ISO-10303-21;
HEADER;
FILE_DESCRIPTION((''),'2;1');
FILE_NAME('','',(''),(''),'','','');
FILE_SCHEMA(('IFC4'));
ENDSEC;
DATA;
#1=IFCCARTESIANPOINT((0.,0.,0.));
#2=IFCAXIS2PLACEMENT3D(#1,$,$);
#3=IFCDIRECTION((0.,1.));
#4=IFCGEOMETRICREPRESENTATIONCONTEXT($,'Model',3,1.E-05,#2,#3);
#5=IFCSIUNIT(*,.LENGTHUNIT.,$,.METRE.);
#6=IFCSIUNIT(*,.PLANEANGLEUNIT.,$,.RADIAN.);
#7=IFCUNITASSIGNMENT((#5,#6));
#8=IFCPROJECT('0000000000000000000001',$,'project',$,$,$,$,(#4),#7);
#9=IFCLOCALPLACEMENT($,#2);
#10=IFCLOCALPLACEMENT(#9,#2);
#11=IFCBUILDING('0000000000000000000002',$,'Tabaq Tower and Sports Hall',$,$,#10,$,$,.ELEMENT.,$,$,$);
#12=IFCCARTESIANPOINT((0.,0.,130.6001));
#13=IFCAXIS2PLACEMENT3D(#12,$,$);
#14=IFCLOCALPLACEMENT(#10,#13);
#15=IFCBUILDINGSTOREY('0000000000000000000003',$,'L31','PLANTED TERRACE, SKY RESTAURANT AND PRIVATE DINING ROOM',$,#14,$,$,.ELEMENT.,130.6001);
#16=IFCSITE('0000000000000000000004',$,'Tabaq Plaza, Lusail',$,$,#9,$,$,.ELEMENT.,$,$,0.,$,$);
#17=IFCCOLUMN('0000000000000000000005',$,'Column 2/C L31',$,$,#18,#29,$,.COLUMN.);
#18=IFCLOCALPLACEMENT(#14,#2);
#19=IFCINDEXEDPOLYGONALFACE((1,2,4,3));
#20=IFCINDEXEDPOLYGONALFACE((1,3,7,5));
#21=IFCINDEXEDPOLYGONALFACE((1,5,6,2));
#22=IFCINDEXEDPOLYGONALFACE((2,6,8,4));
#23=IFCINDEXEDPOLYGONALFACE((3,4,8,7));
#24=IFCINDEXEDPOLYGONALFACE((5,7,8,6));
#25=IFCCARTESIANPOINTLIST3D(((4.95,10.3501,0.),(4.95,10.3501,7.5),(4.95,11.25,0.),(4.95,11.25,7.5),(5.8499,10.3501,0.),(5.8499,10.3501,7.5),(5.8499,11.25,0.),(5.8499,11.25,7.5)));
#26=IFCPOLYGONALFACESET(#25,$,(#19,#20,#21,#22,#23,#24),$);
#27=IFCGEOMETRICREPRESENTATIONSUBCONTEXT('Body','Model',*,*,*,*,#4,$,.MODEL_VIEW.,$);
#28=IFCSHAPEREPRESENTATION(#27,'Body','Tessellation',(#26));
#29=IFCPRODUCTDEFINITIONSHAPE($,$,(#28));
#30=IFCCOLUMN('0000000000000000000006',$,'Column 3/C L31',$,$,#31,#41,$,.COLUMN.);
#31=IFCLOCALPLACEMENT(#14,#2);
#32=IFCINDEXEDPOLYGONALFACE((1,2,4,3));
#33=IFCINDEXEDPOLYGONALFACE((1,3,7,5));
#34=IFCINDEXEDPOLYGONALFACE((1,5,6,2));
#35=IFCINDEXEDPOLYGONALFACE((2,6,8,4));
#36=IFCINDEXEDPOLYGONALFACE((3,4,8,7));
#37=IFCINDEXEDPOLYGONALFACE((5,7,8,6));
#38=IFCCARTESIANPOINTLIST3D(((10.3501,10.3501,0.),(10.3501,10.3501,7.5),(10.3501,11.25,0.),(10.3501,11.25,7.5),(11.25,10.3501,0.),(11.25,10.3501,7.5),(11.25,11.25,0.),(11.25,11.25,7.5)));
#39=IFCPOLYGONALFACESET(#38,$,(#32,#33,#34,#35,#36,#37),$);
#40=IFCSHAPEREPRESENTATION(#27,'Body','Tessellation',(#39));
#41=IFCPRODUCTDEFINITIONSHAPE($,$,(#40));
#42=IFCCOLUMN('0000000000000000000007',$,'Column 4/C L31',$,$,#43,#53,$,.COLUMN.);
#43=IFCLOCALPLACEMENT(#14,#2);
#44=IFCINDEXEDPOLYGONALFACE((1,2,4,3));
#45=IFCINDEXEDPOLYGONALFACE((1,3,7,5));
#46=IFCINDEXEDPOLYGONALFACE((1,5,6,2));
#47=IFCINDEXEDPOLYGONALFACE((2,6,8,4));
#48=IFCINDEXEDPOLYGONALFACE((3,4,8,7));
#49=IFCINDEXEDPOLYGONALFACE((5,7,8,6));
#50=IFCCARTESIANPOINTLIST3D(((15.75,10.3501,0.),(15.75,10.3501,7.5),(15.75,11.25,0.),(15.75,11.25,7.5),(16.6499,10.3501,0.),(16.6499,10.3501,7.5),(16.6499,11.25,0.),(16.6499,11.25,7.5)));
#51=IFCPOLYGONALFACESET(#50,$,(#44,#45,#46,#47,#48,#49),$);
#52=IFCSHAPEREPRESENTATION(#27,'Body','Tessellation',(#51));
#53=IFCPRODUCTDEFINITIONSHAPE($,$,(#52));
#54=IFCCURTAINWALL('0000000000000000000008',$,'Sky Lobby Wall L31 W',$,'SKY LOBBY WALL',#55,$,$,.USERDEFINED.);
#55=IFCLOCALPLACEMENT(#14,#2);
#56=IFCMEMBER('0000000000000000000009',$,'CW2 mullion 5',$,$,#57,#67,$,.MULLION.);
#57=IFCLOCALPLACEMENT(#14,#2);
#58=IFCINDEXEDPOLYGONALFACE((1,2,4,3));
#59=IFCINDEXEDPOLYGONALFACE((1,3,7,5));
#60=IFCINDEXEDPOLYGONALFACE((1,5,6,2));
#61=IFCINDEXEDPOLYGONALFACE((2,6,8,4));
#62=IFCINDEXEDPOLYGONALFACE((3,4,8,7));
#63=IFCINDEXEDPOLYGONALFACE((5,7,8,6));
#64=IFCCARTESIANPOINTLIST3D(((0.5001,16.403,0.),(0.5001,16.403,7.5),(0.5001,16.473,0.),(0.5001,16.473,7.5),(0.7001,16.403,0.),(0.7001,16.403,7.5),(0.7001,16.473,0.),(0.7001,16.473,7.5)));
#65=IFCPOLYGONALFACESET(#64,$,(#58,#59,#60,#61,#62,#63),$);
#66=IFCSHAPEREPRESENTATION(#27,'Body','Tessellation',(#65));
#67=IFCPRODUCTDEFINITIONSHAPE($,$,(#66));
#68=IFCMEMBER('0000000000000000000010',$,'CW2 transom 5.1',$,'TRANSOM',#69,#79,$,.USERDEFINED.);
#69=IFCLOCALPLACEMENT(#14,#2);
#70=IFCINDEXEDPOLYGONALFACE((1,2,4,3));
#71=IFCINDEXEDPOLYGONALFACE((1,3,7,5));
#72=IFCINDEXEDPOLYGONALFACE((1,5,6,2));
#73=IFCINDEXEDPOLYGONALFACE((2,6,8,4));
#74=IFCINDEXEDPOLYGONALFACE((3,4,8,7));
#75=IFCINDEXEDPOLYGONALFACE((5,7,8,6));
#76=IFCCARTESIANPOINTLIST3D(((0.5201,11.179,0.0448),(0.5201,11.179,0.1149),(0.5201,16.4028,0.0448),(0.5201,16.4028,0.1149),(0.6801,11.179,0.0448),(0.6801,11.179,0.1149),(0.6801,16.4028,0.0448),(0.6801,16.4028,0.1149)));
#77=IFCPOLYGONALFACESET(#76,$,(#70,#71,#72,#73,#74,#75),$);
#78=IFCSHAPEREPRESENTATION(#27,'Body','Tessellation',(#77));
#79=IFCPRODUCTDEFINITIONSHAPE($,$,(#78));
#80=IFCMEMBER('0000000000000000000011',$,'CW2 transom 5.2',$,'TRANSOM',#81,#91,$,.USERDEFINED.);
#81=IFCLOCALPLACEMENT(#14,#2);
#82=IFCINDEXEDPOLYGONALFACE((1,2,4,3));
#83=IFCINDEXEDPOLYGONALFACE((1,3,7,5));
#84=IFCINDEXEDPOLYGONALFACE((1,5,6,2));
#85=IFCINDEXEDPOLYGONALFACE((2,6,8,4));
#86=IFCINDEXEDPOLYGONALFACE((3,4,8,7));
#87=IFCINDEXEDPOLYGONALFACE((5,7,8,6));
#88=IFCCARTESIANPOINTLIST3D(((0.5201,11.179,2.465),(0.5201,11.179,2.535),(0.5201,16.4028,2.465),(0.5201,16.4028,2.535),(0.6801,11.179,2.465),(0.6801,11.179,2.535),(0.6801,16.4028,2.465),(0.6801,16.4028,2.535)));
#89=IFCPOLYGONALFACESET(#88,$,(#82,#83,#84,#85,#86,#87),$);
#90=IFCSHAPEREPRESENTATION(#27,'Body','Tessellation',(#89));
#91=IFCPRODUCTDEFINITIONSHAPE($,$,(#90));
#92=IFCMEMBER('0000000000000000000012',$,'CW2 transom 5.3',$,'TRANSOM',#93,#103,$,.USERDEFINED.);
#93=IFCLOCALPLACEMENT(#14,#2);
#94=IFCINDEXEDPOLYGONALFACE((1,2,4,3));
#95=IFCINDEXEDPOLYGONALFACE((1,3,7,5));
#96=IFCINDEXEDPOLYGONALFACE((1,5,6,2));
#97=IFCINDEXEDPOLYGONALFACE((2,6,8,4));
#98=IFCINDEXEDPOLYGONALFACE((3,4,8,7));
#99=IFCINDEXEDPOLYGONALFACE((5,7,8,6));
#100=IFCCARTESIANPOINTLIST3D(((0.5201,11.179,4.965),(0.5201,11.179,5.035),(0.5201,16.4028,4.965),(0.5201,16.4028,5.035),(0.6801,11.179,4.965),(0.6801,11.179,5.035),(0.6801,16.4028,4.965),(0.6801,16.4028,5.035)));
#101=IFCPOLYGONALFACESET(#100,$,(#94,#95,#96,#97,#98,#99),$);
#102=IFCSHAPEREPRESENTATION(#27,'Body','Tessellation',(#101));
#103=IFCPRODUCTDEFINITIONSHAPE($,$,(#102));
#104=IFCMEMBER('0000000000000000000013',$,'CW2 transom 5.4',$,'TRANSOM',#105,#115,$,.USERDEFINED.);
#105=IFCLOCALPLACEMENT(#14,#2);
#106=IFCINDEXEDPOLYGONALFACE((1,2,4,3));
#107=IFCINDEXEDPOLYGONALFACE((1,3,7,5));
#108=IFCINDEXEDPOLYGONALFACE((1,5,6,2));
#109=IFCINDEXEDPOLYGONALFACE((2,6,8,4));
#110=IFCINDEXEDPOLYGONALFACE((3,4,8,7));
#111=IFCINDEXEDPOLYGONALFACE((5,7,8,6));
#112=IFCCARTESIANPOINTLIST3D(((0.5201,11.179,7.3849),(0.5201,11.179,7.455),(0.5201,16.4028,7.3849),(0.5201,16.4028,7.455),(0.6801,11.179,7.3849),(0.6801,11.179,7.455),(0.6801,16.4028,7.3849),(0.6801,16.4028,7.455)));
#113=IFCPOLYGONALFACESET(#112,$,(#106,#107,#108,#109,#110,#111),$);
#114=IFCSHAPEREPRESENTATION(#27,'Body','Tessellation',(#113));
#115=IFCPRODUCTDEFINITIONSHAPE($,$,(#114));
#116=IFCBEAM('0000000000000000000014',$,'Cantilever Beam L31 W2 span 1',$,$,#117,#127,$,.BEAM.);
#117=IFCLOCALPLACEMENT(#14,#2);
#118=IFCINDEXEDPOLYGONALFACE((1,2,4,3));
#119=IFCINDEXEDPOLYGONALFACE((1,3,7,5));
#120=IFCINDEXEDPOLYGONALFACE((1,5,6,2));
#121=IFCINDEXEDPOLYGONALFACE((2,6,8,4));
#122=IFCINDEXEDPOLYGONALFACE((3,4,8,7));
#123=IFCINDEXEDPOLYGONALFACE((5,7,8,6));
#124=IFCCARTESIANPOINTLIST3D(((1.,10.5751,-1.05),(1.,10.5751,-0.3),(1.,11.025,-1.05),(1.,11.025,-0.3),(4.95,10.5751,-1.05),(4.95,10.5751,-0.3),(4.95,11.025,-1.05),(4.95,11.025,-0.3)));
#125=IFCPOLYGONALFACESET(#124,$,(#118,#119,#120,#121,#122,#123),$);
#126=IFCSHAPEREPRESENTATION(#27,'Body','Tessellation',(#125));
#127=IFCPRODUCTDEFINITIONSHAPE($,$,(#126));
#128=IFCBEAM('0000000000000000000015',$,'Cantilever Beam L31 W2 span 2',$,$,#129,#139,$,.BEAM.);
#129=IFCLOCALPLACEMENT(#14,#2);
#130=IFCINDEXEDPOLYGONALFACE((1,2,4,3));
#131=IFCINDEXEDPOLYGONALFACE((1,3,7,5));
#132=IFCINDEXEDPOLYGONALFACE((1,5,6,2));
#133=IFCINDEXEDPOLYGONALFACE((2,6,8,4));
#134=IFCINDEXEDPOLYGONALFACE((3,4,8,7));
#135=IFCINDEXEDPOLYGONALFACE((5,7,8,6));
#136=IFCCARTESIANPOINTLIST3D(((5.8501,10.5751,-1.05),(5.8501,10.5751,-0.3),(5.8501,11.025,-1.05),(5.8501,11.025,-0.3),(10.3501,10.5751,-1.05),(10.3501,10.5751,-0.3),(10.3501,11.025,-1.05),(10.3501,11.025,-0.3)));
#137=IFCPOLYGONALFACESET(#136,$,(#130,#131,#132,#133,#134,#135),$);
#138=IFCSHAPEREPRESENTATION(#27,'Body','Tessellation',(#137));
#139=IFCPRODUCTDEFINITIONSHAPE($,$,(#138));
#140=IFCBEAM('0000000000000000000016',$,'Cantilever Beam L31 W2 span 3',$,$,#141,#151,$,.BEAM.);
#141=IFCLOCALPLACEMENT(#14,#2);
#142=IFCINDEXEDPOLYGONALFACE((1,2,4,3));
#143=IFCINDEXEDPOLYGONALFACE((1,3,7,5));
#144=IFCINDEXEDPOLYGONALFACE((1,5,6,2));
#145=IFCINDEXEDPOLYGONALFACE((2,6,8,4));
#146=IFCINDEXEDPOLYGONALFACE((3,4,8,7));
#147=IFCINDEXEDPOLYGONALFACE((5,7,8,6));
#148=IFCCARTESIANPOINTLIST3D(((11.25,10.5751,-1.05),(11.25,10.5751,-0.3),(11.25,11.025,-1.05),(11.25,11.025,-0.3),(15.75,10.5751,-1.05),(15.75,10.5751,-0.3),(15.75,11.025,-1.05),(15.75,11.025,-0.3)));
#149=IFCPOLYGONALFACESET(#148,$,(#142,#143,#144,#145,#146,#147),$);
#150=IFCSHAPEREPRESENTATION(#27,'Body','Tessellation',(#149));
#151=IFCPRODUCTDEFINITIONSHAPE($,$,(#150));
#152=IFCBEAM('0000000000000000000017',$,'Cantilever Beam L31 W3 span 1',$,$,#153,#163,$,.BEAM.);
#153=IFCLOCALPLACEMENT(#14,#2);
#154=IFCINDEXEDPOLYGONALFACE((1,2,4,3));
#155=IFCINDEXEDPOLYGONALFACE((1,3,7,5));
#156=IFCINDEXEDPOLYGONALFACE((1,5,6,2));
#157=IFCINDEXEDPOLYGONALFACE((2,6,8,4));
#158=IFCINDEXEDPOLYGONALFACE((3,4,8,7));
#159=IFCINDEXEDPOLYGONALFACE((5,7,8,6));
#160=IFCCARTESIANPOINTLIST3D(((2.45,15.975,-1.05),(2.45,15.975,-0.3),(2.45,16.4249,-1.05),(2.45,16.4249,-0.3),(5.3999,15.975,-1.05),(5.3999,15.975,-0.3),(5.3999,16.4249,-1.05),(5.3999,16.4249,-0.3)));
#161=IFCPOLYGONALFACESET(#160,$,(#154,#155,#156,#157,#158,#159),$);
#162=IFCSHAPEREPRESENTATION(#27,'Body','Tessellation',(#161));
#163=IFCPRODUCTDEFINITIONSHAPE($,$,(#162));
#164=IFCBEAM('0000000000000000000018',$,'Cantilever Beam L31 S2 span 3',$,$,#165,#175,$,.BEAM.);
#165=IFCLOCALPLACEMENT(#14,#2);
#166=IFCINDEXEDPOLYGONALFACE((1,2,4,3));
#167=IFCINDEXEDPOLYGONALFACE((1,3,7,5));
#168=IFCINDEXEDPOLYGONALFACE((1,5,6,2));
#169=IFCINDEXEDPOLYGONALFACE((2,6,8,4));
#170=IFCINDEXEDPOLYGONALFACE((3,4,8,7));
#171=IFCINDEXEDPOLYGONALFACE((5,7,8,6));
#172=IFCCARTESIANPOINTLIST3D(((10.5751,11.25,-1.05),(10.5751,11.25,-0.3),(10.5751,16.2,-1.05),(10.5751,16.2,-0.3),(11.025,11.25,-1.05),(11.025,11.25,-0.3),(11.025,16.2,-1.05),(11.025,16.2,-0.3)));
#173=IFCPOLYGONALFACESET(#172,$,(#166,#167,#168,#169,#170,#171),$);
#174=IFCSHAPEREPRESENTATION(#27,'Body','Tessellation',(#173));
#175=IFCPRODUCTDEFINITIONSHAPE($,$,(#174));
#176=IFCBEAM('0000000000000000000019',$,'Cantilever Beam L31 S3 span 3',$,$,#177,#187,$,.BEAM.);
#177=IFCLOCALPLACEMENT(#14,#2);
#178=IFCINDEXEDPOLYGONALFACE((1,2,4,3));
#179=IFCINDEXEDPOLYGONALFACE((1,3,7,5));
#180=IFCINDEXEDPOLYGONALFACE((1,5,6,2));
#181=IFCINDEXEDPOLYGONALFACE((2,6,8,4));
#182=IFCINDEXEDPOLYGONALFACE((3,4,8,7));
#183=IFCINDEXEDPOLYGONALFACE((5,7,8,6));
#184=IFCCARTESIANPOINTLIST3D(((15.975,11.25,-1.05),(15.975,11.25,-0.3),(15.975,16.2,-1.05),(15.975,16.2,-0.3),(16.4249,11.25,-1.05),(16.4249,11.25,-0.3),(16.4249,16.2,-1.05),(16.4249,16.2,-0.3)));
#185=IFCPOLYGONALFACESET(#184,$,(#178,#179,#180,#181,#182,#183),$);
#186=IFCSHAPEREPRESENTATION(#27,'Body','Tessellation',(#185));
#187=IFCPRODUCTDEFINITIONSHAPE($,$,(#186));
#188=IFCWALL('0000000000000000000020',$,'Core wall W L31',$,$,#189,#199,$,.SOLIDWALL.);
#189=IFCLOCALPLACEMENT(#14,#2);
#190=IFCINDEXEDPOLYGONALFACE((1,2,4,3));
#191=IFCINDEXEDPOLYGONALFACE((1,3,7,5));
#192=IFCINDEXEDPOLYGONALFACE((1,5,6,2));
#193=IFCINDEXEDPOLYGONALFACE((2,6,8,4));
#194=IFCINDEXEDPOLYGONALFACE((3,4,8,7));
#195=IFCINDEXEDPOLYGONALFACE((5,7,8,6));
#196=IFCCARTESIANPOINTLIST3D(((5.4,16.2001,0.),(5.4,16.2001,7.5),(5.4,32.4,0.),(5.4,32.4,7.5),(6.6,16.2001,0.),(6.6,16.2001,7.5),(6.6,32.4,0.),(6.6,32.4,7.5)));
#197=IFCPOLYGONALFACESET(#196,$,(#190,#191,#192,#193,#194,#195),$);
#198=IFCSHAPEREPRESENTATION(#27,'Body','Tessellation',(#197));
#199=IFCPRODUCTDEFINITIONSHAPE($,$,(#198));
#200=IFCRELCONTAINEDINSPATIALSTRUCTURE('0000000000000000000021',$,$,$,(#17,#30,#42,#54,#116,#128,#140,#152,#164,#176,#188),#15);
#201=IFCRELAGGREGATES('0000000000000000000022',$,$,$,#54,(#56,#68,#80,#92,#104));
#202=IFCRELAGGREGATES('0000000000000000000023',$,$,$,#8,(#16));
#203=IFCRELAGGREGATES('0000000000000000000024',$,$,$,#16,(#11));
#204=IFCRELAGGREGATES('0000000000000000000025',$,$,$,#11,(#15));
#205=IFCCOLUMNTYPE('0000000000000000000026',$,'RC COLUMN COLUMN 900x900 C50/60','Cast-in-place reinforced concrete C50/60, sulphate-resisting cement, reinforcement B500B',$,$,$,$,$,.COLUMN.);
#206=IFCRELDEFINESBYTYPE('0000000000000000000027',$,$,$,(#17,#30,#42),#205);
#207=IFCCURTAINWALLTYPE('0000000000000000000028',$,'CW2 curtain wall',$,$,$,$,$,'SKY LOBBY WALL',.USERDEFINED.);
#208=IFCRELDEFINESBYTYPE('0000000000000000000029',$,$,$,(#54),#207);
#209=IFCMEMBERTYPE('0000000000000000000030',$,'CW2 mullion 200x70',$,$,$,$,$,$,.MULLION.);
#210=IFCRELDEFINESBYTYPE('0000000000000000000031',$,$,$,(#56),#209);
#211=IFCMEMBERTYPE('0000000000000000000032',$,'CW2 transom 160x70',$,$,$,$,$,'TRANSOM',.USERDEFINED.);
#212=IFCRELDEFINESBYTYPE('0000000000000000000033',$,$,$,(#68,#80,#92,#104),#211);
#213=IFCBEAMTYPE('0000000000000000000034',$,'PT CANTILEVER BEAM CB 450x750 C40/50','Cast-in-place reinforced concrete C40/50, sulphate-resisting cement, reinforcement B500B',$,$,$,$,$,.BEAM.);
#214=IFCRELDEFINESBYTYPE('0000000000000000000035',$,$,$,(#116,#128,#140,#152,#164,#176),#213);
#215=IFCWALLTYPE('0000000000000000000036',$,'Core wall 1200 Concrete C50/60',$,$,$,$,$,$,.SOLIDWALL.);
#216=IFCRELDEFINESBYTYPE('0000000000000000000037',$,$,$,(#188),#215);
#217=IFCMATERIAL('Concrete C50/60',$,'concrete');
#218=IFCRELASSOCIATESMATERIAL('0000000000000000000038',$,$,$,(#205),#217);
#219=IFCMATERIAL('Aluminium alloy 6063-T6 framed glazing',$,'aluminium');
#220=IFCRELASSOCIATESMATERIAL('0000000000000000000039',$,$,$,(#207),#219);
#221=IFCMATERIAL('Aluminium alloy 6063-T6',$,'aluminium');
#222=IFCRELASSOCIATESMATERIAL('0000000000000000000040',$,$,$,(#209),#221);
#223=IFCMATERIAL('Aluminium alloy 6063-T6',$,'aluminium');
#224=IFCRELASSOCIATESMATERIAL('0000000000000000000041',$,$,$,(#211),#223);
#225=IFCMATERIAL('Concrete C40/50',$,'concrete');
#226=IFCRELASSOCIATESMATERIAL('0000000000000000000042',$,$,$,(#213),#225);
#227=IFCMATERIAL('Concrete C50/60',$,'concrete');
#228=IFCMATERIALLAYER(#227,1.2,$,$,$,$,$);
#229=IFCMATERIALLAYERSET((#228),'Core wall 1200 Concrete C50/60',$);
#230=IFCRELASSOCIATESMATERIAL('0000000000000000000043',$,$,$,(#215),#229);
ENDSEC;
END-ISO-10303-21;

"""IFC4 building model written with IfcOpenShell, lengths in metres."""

from ifc_helpers import new_model, si_unit, direction, frame, frame_2d, origin, origin_2d, place, context, subcontext, project, spatial, rectangle, extrude, material, layer, layer_set, material_profile, profile_set, type_object, element, aggregate, save


model = new_model("IFC4")

# Units and contexts
model_context = context("Model", 3, precision=1e-05, world=origin(), true_north=direction((0.0, 1.0)))
body_context = subcontext(model_context, "Body", "Model", "MODEL_VIEW")
ifc_project = project(units=[si_unit("LENGTHUNIT", "METRE"), si_unit("PLANEANGLEUNIT", "RADIAN")], contexts=[model_context])

# Site, building, storey
site_placement = place(None, origin())
site = spatial("IfcSite", under=ifc_project, at=site_placement, Name="Tabaq Plaza, Lusail", CompositionType="ELEMENT", RefElevation=0.0)
building_placement = place(site_placement, origin())
building = spatial("IfcBuilding", under=site, at=building_placement, Name="Tabaq Tower and Sports Hall", CompositionType="ELEMENT")
storey_placement = place(building_placement, frame((0.0, 0.0, 130.6001)))
storey = spatial("IfcBuildingStorey", under=building, at=storey_placement, Name="L31", Description="PLANTED TERRACE, SKY RESTAURANT AND PRIVATE DINING ROOM", CompositionType="ELEMENT", Elevation=130.6001)

# Columns
ifc_material_1 = material(Name="Concrete C50/60", Category="concrete")
ifc_material_profile_1 = material_profile(ifc_material_1, rectangle(XDim=0.8999, YDim=0.8999, at=origin_2d()), Name="COLUMN 900x900")
ifc_profile_set_1 = profile_set([ifc_material_profile_1], Name="Concrete C50/60")
column_type = type_object("IfcColumnType", Name="RC COLUMN COLUMN 900x900 C50/60", Description="Cast-in-place reinforced concrete C50/60, sulphate-resisting cement, reinforcement B500B", PredefinedType="COLUMN", material=ifc_profile_set_1)
for number, where, z_axis, x_axis, name in (
    (1, (5.3999, 10.8, 0.0), (0.0, 0.0, 1.0), (1.0, 0.0, 0.0), "Column 2/C L31"),
    (2, (10.8, 10.8, 0.0), (0.0, 0.0, 1.0), (1.0, 0.0, 0.0), "Column 3/C L31"),
    (3, (16.2, 10.8, 0.0), (0.0, 0.0, 1.0), (1.0, 0.0, 0.0), "Column 4/C L31"),
):
    element("IfcColumn", number, at=place(storey_placement, frame(where, z_axis=z_axis, x_axis=x_axis)), inside=storey, type_object=column_type, Name=name, PredefinedType="COLUMN", context=body_context, shape_type="SweptSolid", body=[
        extrude(rectangle(XDim=0.8999, YDim=0.8999, at=origin_2d()), origin(), (0.0, 0.0, 1.0), 7.5),
    ])

# Curtain wall, members
ifc_material_2 = material(Name="Aluminium alloy 6063-T6 framed glazing", Category="aluminium")
curtain_wall_type = type_object("IfcCurtainWallType", Name="CW2 curtain wall", ElementType="SKY LOBBY WALL", PredefinedType="USERDEFINED", material=ifc_material_2)
curtain_wall_placement = place(storey_placement, origin())
curtain_wall = element("IfcCurtainWall", 4, at=curtain_wall_placement, inside=storey, type_object=curtain_wall_type, Name="Sky Lobby Wall L31 W", ObjectType="SKY LOBBY WALL", PredefinedType="USERDEFINED")
ifc_material_3 = material(Name="Aluminium alloy 6063-T6", Category="aluminium")
ifc_material_profile_2 = material_profile(ifc_material_3, rectangle(XDim=0.2, YDim=0.0701, at=origin_2d()), Name="MULLION 200x70")
ifc_profile_set_2 = profile_set([ifc_material_profile_2], Name="Aluminium alloy 6063-T6")
member_type_1 = type_object("IfcMemberType", Name="CW2 mullion 200x70", PredefinedType="MULLION", material=ifc_profile_set_2)
member_1_placement = place(storey_placement, frame((0.6001, 16.438, 0.0), z_axis=(0.0, 0.0, 1.0), x_axis=(1.0, 0.0, 0.0)))
member_1 = element("IfcMember", 5, at=member_1_placement, type_object=member_type_1, Name="CW2 mullion 5", PredefinedType="MULLION", context=body_context, shape_type="SweptSolid", body=[
    extrude(rectangle(XDim=0.2, YDim=0.0701, at=origin_2d()), origin(), (0.0, 0.0, 1.0), 7.5),
])
ifc_material_4 = material(Name="Aluminium alloy 6063-T6", Category="aluminium")
ifc_material_profile_3 = material_profile(ifc_material_4, rectangle(XDim=0.1599, YDim=0.0701, at=origin_2d()), Name="TRANSOM 160x70")
ifc_profile_set_3 = profile_set([ifc_material_profile_3], Name="Aluminium alloy 6063-T6")
member_type_2 = type_object("IfcMemberType", Name="CW2 transom 160x70", ElementType="TRANSOM", PredefinedType="USERDEFINED", material=ifc_profile_set_3)
member_2_placement = place(storey_placement, frame((0.6001, 16.4028, 0.0798), z_axis=(0.0, -1.0, 0.0), x_axis=(1.0, 0.0, 0.0)))
member_2 = element("IfcMember", 6, at=member_2_placement, type_object=member_type_2, Name="CW2 transom 5.1", ObjectType="TRANSOM", PredefinedType="USERDEFINED", context=body_context, shape_type="SweptSolid", body=[
    extrude(rectangle(XDim=0.1599, YDim=0.0701, at=origin_2d()), origin(), (0.0, 0.0, 1.0), 5.2239),
])
member_3_placement = place(storey_placement, frame((0.6001, 16.4028, 2.5), z_axis=(0.0, -1.0, 0.0), x_axis=(1.0, 0.0, 0.0)))
member_3 = element("IfcMember", 7, at=member_3_placement, type_object=member_type_2, Name="CW2 transom 5.2", ObjectType="TRANSOM", PredefinedType="USERDEFINED", context=body_context, shape_type="SweptSolid", body=[
    extrude(rectangle(XDim=0.1599, YDim=0.0701, at=origin_2d()), origin(), (0.0, 0.0, 1.0), 5.2239),
])
member_4_placement = place(storey_placement, frame((0.6001, 16.4028, 5.0), z_axis=(0.0, -1.0, 0.0), x_axis=(1.0, 0.0, 0.0)))
member_4 = element("IfcMember", 8, at=member_4_placement, type_object=member_type_2, Name="CW2 transom 5.3", ObjectType="TRANSOM", PredefinedType="USERDEFINED", context=body_context, shape_type="SweptSolid", body=[
    extrude(rectangle(XDim=0.1599, YDim=0.0701, at=origin_2d()), origin(), (0.0, 0.0, 1.0), 5.2239),
])
member_5_placement = place(storey_placement, frame((0.6001, 16.4028, 7.4199), z_axis=(0.0, -1.0, 0.0), x_axis=(1.0, 0.0, 0.0)))
member_5 = element("IfcMember", 9, at=member_5_placement, type_object=member_type_2, Name="CW2 transom 5.4", ObjectType="TRANSOM", PredefinedType="USERDEFINED", context=body_context, shape_type="SweptSolid", body=[
    extrude(rectangle(XDim=0.1599, YDim=0.0701, at=origin_2d()), origin(), (0.0, 0.0, 1.0), 5.2239),
])
aggregate(curtain_wall, [member_1, member_2, member_3, member_4, member_5])

# Beams
ifc_material_5 = material(Name="Concrete C40/50", Category="concrete")
ifc_material_profile_4 = material_profile(ifc_material_5, rectangle(XDim=0.45, YDim=0.75, at=origin_2d()), Name="CB 450x750")
ifc_profile_set_4 = profile_set([ifc_material_profile_4], Name="Concrete C40/50")
beam_type = type_object("IfcBeamType", Name="PT CANTILEVER BEAM CB 450x750 C40/50", Description="Cast-in-place reinforced concrete C40/50, sulphate-resisting cement, reinforcement B500B", PredefinedType="BEAM", material=ifc_profile_set_4)
beam_1_placement = place(storey_placement, frame((1.0, 10.8, -0.675), z_axis=(1.0, 0.0, 0.0), x_axis=(0.0, 1.0, 0.0)))
element("IfcBeam", 10, at=beam_1_placement, inside=storey, type_object=beam_type, Name="Cantilever Beam L31 W2 span 1", PredefinedType="BEAM", context=body_context, shape_type="SweptSolid", body=[
    extrude(rectangle(XDim=0.45, YDim=0.75, at=origin_2d()), origin(), (0.0, 0.0, 1.0), 3.95),
])
for number, where, z_axis, x_axis, name in (
    (11, (5.8501, 10.8, -0.675), (1.0, 0.0, 0.0), (0.0, 1.0, 0.0), "Cantilever Beam L31 W2 span 2"),
    (12, (11.25, 10.8, -0.675), (1.0, 0.0, 0.0), (0.0, 1.0, 0.0), "Cantilever Beam L31 W2 span 3"),
):
    element("IfcBeam", number, at=place(storey_placement, frame(where, z_axis=z_axis, x_axis=x_axis)), inside=storey, type_object=beam_type, Name=name, PredefinedType="BEAM", context=body_context, shape_type="SweptSolid", body=[
        extrude(rectangle(XDim=0.45, YDim=0.75, at=origin_2d()), origin(), (0.0, 0.0, 1.0), 4.5),
    ])
beam_2_placement = place(storey_placement, frame((2.45, 16.2, -0.675), z_axis=(1.0, 0.0, 0.0), x_axis=(0.0, 1.0, 0.0)))
element("IfcBeam", 13, at=beam_2_placement, inside=storey, type_object=beam_type, Name="Cantilever Beam L31 W3 span 1", PredefinedType="BEAM", context=body_context, shape_type="SweptSolid", body=[
    extrude(rectangle(XDim=0.45, YDim=0.75, at=origin_2d()), origin(), (0.0, 0.0, 1.0), 2.95),
])
for number, where, z_axis, x_axis, name in (
    (14, (10.8, 11.25, -0.675), (0.0, 1.0, 0.0), (-1.0, 0.0, 0.0), "Cantilever Beam L31 S2 span 3"),
    (15, (16.2, 11.25, -0.675), (0.0, 1.0, 0.0), (-1.0, 0.0, 0.0), "Cantilever Beam L31 S3 span 3"),
):
    element("IfcBeam", number, at=place(storey_placement, frame(where, z_axis=z_axis, x_axis=x_axis)), inside=storey, type_object=beam_type, Name=name, PredefinedType="BEAM", context=body_context, shape_type="SweptSolid", body=[
        extrude(rectangle(XDim=0.45, YDim=0.75, at=origin_2d()), origin(), (0.0, 0.0, 1.0), 4.95),
    ])

# Wall
ifc_material_6 = material(Name="Concrete C50/60", Category="concrete")
ifc_layer_1 = layer(ifc_material_6, 1.2)
ifc_layer_set_1 = layer_set([ifc_layer_1], Name="Core wall 1200 Concrete C50/60")
wall_type_1 = type_object("IfcWallType", Name="Core wall 1200 Concrete C50/60", PredefinedType="SOLIDWALL", material=ifc_layer_set_1)
wall_1_placement = place(storey_placement, frame((6.0, 16.2, 0.0), z_axis=(0.0, 0.0, 1.0), x_axis=(0.0, 1.0, 0.0)))
element("IfcWall", 16, at=wall_1_placement, inside=storey, type_object=wall_type_1, Name="Core wall W L31", PredefinedType="SOLIDWALL", context=body_context, shape_type="SweptSolid", body=[
    extrude(rectangle(XDim=16.2, YDim=1.2, at=frame_2d((8.1001, 0.0))), origin(), (0.0, 0.0, 1.0), 7.5),
])

save(model, "model.ifc")
